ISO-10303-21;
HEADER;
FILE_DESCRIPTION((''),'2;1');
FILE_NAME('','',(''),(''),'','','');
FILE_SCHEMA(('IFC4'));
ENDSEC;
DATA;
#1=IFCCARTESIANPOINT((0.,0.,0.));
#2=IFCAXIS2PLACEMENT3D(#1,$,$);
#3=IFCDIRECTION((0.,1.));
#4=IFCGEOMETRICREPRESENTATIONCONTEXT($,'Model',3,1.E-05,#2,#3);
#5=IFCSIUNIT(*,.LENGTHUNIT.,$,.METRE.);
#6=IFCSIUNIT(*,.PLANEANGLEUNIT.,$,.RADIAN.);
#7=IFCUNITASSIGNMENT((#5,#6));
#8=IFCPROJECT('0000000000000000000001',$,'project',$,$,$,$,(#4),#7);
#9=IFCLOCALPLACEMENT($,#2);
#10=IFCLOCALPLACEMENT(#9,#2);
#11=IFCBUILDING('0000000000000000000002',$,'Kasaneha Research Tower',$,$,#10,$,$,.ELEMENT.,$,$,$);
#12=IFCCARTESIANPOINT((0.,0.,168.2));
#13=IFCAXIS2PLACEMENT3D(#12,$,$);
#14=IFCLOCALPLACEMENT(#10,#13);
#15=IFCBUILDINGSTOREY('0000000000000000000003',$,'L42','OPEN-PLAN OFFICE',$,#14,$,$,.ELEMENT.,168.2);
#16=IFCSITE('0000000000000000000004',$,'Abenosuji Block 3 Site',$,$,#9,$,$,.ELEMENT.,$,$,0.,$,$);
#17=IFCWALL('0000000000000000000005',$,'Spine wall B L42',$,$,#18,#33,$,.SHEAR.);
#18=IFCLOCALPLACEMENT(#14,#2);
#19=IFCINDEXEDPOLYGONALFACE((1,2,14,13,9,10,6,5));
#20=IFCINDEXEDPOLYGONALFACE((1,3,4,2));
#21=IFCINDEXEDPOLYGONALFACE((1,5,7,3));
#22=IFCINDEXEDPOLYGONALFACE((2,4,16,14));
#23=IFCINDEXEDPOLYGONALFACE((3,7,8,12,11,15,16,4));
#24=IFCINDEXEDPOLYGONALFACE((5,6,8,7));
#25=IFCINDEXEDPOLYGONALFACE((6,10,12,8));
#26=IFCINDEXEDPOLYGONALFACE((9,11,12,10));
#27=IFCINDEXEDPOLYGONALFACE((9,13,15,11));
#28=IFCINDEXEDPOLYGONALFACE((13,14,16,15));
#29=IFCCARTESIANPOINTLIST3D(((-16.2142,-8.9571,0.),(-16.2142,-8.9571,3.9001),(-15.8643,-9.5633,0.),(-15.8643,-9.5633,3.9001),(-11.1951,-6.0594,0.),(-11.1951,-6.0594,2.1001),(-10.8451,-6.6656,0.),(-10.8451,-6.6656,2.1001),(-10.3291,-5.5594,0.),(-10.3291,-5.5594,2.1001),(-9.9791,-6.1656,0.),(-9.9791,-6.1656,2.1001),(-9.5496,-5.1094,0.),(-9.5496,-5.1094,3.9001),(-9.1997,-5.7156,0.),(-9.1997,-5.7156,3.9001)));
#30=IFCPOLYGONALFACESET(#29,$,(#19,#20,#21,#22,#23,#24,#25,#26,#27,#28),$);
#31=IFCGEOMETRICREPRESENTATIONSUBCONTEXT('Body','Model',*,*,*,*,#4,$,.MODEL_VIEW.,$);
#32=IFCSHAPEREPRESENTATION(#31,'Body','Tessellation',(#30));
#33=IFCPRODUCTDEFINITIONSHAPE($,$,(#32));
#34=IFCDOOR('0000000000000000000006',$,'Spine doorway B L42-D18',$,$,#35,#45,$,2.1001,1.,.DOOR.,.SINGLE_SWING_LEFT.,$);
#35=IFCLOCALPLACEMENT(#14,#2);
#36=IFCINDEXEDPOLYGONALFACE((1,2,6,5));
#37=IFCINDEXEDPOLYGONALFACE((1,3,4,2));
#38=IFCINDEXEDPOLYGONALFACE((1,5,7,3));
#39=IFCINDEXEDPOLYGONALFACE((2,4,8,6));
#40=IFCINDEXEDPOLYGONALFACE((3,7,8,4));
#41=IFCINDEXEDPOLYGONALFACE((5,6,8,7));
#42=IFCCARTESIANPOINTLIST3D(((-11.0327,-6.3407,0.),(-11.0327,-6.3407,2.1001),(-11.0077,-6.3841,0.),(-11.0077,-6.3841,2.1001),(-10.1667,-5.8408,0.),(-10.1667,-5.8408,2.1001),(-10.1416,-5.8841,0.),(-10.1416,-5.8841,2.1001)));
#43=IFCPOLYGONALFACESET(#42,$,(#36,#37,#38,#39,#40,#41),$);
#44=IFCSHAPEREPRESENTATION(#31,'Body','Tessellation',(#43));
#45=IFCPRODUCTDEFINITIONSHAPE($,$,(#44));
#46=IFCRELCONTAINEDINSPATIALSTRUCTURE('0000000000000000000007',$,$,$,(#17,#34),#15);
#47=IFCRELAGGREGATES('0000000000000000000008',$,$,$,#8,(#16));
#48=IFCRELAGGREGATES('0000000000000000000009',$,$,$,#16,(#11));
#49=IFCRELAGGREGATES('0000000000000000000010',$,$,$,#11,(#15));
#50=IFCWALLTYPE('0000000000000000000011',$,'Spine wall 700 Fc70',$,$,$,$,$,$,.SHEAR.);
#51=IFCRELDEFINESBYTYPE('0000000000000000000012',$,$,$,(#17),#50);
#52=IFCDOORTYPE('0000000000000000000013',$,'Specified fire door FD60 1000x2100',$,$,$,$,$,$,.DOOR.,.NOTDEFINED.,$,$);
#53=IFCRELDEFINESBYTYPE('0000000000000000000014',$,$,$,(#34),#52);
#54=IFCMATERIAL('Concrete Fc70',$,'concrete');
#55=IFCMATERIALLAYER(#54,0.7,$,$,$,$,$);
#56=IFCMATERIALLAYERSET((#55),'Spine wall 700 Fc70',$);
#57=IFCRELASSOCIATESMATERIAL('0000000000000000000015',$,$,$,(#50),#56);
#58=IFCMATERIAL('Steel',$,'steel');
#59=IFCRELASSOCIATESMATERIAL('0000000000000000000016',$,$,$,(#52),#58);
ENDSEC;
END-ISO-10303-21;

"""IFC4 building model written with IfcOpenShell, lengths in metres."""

from ifc_helpers import new_model, si_unit, direction, frame, frame_2d, origin, place, context, subcontext, project, spatial, rectangle, extrude, material, layer, layer_set, type_object, element, fill, save


model = new_model("IFC4")

# Units and contexts
model_context = context("Model", 3, precision=1e-05, world=origin(), true_north=direction((0.0, 1.0)))
body_context = subcontext(model_context, "Body", "Model", "MODEL_VIEW")
ifc_project = project(units=[si_unit("LENGTHUNIT", "METRE"), si_unit("PLANEANGLEUNIT", "RADIAN")], contexts=[model_context])

# Site, building, storey
site_placement = place(None, origin())
site = spatial("IfcSite", under=ifc_project, at=site_placement, Name="Abenosuji Block 3 Site", CompositionType="ELEMENT", RefElevation=0.0)
building_placement = place(site_placement, origin())
building = spatial("IfcBuilding", under=site, at=building_placement, Name="Kasaneha Research Tower", CompositionType="ELEMENT")
storey_placement = place(building_placement, frame((0.0, 0.0, 168.2)))
storey = spatial("IfcBuildingStorey", under=building, at=storey_placement, Name="L42", Description="OPEN-PLAN OFFICE", CompositionType="ELEMENT", Elevation=168.2)

# Wall, opening, door
ifc_material_1 = material(Name="Concrete Fc70", Category="concrete")
ifc_layer_1 = layer(ifc_material_1, 0.7)
ifc_layer_set_1 = layer_set([ifc_layer_1], Name="Spine wall 700 Fc70")
wall_type_1 = type_object("IfcWallType", Name="Spine wall 700 Fc70", PredefinedType="SHEAR", material=ifc_layer_set_1)
wall_1_placement = place(storey_placement, frame((-9.3748, -5.4126, 0.0), z_axis=(0.0, 0.0, 1.0), x_axis=(-0.866032, -0.499988, 0.0)))
wall_1 = element("IfcWall", 1, at=wall_1_placement, inside=storey, type_object=wall_type_1, Name="Spine wall B L42", PredefinedType="SHEAR", context=body_context, shape_type="SweptSolid", body=[
    extrude(rectangle(XDim=7.6956, YDim=0.7, at=frame_2d((3.8477, 0.0))), origin(), (0.0, 0.0, 1.0), 3.9001),
])
opening_1_placement = place(wall_1_placement, frame((0.8999, 0.0, 0.0)))
opening_1 = element("IfcOpeningElement", 2, at=opening_1_placement, cuts=wall_1, PredefinedType="OPENING", context=body_context, shape_type="SweptSolid", body=[
    extrude(rectangle(XDim=1.0, YDim=2.1001, at=frame_2d((0.5, 1.05))), frame((0.0, 0.3599, 0.0), z_axis=(0.0, -1.0, 0.0), x_axis=(1.0, 0.0, 0.0)), (0.0, 0.0, 1.0), 0.72),
])
ifc_material_2 = material(Name="Steel", Category="steel")
door_type_1 = type_object("IfcDoorType", Name="Specified fire door FD60 1000x2100", OperationType="NOTDEFINED", PredefinedType="DOOR", material=ifc_material_2)
door_1_placement = place(opening_1_placement, origin())
door_1 = element("IfcDoor", 3, at=door_1_placement, inside=storey, type_object=door_type_1, Name="Spine doorway B L42-D18", OperationType="SINGLE_SWING_LEFT", OverallHeight=2.1001, OverallWidth=1.0, PredefinedType="DOOR", context=body_context, shape_type="SweptSolid", body=[
    extrude(rectangle(XDim=1.0, YDim=2.1001, at=frame_2d((0.5, 1.05))), frame((0.0, 0.0249, 0.0), z_axis=(0.0, -1.0, 0.0), x_axis=(1.0, 0.0, 0.0)), (0.0, 0.0, 1.0), 0.05),
])
fill(opening_1, door_1)

save(model, "model.ifc")
